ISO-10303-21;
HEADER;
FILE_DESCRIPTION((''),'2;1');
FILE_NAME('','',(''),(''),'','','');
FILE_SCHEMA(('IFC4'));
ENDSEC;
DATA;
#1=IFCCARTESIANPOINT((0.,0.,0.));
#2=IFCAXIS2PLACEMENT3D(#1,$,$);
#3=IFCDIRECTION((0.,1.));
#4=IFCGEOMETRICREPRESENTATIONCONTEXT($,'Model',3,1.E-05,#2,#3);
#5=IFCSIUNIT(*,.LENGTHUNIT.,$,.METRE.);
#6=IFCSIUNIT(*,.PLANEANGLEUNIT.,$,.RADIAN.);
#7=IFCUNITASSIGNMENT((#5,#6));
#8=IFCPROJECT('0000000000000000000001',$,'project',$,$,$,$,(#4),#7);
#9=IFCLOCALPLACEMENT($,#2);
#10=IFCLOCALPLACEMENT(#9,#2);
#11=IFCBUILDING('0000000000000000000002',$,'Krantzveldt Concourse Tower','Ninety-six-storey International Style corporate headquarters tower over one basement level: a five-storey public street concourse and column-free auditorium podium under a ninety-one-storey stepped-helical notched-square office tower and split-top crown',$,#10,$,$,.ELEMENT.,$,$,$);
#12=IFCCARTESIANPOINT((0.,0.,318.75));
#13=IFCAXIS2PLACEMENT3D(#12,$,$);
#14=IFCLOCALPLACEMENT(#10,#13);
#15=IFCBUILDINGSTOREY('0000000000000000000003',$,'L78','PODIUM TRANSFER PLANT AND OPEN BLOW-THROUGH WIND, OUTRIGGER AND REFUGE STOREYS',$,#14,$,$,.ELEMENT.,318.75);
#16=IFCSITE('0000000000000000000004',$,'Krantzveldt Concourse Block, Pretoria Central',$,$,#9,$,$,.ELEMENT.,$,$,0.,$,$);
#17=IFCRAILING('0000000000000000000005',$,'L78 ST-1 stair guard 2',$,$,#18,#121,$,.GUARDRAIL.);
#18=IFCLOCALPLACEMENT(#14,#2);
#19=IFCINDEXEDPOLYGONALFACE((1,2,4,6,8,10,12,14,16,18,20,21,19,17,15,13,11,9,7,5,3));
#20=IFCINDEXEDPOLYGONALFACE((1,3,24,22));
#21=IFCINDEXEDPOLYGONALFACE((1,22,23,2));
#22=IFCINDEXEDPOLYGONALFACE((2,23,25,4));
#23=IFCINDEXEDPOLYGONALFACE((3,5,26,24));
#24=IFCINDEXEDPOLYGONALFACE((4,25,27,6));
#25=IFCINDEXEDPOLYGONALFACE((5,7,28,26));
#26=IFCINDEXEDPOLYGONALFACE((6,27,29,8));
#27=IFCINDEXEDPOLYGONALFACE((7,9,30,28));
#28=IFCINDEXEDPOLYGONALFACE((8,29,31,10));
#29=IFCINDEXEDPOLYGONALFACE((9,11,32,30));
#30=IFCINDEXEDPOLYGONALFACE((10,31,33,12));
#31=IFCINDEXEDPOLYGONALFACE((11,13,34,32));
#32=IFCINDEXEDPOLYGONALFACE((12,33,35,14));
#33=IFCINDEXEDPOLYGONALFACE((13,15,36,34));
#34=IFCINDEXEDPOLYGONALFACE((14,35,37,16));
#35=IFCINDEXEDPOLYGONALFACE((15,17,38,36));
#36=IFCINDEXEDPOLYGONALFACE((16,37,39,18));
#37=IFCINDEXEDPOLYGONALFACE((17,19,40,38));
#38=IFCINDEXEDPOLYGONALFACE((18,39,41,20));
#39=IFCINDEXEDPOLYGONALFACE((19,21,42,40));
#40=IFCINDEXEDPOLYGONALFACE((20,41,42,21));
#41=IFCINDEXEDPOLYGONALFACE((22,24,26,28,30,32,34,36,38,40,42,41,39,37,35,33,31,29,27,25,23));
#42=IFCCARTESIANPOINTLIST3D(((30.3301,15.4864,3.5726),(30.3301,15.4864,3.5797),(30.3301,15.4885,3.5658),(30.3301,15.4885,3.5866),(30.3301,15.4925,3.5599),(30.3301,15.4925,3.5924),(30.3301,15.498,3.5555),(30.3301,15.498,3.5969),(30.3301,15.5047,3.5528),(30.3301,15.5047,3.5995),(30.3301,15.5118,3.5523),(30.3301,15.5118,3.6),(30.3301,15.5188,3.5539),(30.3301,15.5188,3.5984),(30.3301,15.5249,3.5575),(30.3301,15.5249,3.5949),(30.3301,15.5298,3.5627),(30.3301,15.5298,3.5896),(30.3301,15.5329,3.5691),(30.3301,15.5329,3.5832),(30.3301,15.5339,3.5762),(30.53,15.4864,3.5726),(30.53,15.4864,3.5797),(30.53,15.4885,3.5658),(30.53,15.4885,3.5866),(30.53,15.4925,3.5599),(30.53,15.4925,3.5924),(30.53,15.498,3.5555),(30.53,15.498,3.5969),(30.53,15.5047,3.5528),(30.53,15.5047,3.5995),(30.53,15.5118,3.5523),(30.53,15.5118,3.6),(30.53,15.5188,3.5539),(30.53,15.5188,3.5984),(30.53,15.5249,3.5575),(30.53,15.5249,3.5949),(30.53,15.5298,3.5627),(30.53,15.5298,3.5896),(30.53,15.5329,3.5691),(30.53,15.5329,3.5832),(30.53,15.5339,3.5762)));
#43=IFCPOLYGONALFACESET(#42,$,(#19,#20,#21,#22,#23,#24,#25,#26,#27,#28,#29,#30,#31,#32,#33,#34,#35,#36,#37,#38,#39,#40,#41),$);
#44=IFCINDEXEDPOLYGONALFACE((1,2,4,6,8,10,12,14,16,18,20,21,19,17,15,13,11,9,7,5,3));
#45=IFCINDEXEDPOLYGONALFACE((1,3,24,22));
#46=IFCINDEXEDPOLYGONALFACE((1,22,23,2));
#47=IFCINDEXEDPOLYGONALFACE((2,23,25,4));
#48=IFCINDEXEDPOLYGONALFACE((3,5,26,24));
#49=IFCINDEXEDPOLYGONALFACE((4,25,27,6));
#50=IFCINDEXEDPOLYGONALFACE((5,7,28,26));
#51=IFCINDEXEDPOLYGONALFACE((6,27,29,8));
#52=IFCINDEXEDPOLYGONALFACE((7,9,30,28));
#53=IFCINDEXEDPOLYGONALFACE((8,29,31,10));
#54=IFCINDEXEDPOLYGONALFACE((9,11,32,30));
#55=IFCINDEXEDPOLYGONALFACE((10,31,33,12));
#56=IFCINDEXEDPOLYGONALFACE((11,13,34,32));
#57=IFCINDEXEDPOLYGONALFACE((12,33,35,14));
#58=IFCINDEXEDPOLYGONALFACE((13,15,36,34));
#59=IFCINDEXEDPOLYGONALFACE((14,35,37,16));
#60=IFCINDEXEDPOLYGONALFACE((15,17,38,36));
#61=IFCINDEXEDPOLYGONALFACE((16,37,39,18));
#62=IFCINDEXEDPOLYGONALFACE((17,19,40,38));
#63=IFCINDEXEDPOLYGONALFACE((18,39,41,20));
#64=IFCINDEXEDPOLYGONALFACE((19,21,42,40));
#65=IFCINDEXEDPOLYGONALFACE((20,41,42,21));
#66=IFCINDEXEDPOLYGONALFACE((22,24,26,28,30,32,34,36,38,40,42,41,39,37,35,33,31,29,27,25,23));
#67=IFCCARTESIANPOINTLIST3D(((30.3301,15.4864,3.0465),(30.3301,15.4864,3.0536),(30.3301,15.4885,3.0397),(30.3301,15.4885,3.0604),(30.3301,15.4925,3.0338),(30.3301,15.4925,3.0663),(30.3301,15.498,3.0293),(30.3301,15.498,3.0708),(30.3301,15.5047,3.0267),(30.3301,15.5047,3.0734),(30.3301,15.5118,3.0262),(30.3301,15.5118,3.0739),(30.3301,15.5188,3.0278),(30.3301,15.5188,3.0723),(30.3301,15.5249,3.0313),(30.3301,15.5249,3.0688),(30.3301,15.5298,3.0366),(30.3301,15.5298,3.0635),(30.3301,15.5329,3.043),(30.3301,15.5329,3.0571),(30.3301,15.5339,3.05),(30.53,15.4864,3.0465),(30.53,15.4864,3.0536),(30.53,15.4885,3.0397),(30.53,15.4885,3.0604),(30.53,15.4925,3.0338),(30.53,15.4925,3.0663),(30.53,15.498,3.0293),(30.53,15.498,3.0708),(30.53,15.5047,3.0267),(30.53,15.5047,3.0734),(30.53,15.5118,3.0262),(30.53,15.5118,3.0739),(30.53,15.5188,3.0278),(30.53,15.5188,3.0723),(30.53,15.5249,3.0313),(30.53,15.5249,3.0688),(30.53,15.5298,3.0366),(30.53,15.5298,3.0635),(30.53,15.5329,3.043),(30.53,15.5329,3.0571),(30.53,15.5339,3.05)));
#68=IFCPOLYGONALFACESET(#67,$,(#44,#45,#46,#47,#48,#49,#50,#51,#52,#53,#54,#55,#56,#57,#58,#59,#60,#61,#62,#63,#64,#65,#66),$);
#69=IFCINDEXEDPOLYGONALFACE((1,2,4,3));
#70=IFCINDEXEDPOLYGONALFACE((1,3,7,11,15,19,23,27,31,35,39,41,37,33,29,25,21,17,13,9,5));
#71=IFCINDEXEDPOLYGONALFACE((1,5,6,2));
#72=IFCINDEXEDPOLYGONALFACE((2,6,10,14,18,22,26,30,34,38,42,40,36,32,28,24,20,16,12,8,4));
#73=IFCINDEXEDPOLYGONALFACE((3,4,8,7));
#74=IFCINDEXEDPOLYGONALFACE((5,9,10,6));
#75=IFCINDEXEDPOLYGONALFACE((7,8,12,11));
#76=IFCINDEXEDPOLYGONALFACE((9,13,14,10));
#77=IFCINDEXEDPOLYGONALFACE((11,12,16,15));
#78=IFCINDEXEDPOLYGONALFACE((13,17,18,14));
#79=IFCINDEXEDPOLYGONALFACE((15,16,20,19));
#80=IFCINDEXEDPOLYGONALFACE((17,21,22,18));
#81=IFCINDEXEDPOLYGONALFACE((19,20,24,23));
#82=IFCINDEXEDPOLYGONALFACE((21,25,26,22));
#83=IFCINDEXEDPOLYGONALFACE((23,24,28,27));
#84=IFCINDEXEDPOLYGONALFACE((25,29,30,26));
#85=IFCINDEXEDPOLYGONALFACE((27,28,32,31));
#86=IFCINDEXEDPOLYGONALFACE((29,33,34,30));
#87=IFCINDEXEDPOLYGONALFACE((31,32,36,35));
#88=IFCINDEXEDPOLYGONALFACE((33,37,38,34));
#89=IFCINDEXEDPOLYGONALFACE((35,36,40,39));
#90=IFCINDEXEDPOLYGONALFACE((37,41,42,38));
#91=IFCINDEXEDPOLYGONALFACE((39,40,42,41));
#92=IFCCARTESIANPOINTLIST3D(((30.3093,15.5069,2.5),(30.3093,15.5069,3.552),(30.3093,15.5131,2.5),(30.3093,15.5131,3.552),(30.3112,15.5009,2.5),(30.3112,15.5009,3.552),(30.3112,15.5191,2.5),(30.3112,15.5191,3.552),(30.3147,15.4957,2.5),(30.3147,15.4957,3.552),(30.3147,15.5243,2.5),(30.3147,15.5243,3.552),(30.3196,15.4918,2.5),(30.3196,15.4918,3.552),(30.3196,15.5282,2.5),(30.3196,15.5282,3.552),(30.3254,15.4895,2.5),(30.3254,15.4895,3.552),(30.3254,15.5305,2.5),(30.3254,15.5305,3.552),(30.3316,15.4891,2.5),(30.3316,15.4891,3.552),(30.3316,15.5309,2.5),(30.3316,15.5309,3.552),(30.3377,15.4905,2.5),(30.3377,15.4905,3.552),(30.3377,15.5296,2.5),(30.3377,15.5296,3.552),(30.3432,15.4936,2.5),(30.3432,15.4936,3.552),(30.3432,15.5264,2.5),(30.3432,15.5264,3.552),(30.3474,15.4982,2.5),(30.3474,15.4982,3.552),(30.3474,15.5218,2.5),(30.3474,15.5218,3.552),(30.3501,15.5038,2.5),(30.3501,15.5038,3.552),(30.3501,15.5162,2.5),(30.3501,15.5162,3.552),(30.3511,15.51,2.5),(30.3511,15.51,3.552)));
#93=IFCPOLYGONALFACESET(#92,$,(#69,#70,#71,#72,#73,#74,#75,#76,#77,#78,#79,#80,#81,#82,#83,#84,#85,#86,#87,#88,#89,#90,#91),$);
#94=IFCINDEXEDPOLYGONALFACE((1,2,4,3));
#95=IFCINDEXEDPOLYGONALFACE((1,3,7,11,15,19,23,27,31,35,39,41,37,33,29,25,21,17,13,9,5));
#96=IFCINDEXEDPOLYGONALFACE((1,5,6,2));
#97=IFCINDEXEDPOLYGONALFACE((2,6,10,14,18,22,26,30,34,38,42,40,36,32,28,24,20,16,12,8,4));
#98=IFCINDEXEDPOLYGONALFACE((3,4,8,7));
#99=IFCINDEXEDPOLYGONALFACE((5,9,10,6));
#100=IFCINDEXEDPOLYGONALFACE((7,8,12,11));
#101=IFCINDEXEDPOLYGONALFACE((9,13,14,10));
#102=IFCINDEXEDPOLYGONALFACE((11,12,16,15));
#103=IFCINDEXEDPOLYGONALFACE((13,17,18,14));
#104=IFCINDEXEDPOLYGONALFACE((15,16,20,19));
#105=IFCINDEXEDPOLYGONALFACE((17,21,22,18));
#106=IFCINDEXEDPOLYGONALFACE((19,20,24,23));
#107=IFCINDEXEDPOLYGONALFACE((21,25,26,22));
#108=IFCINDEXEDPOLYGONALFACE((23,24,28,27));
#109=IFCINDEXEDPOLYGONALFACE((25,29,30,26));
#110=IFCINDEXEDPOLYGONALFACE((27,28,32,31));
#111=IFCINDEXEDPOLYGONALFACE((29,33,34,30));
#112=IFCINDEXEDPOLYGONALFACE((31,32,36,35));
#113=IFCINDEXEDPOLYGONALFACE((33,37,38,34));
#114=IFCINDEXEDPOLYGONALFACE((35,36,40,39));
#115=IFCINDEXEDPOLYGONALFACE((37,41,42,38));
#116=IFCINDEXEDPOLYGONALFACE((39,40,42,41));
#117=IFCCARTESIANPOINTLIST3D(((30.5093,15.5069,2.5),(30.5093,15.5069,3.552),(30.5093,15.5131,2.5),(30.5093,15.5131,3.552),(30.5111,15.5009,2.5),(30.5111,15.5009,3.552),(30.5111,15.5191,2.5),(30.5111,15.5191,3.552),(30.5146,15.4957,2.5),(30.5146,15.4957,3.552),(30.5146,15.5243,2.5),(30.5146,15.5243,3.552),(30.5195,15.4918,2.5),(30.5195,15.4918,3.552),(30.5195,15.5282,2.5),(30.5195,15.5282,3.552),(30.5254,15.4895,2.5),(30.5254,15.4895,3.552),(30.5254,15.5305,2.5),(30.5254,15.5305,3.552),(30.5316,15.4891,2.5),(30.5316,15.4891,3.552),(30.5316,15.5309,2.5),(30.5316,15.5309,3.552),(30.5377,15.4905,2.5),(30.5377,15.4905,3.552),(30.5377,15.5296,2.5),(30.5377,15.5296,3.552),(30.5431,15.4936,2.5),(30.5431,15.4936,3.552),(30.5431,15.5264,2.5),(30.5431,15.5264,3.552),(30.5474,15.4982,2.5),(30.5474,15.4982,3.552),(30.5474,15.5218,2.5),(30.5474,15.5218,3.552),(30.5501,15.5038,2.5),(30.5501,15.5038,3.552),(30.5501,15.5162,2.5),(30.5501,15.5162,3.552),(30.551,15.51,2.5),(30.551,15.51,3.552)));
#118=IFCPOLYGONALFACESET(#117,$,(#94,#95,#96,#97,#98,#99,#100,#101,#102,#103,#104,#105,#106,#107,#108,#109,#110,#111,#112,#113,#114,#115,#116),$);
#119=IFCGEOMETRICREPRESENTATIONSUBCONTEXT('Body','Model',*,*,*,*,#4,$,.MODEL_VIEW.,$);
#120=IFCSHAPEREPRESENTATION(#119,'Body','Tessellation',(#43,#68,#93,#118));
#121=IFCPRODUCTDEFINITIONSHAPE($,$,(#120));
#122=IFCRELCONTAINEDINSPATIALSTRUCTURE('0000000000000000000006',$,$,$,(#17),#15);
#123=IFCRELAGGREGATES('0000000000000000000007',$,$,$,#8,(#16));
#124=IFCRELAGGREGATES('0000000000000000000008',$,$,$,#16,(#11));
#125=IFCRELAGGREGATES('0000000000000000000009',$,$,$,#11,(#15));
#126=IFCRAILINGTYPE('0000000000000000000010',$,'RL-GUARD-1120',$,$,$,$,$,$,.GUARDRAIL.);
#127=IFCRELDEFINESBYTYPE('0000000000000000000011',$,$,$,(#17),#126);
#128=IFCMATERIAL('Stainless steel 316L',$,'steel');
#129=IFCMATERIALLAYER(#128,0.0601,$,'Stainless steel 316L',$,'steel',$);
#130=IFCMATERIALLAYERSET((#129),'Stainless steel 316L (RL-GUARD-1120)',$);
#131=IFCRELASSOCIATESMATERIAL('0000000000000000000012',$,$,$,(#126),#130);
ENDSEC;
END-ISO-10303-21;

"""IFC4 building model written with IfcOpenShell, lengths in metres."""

from ifc_helpers import new_model, si_unit, direction, frame, origin, origin_2d, place, context, subcontext, project, spatial, circle, extrude, material, layer, layer_set, type_object, element, save


model = new_model("IFC4")

# Units and contexts
model_context = context("Model", 3, precision=1e-05, world=origin(), true_north=direction((0.0, 1.0)))
body_context = subcontext(model_context, "Body", "Model", "MODEL_VIEW")
ifc_project = project(units=[si_unit("LENGTHUNIT", "METRE"), si_unit("PLANEANGLEUNIT", "RADIAN")], contexts=[model_context])

# Site, building, storey
site_placement = place(None, origin())
site = spatial("IfcSite", under=ifc_project, at=site_placement, Name="Krantzveldt Concourse Block, Pretoria Central", CompositionType="ELEMENT", RefElevation=0.0)
building_placement = place(site_placement, origin())
building = spatial("IfcBuilding", under=site, at=building_placement, Name="Krantzveldt Concourse Tower", Description="Ninety-six-storey International Style corporate headquarters tower over one basement level: a five-storey public street concourse and column-free auditorium podium under a ninety-one-storey stepped-helical notched-square office tower and split-top crown", CompositionType="ELEMENT")
storey_placement = place(building_placement, frame((0.0, 0.0, 318.75)))
storey = spatial("IfcBuildingStorey", under=building, at=storey_placement, Name="L78", Description="PODIUM TRANSFER PLANT AND OPEN BLOW-THROUGH WIND, OUTRIGGER AND REFUGE STOREYS", CompositionType="ELEMENT", Elevation=318.75)

# Shared definitions
ifc_material_1 = material(Name="Stainless steel 316L", Category="steel")

# Railing
ifc_layer_1 = layer(ifc_material_1, 0.0601, Name="Stainless steel 316L", Category="steel")
ifc_layer_set_1 = layer_set([ifc_layer_1], Name="Stainless steel 316L (RL-GUARD-1120)")
railing_type_1 = type_object("IfcRailingType", Name="RL-GUARD-1120", PredefinedType="GUARDRAIL", material=ifc_layer_set_1)
railing_1_placement = place(storey_placement, frame((30.3301, 15.51, 2.5)))
element("IfcRailing", 1, at=railing_1_placement, inside=storey, type_object=railing_type_1, Name="L78 ST-1 stair guard 2", PredefinedType="GUARDRAIL", context=body_context, shape_type="SweptSolid", body=[
    extrude(circle(Radius=0.0239, at=origin_2d()), frame((0.0, 0.0, 1.0762), z_axis=(1.0, 0.0, 0.0), x_axis=(0.0, 1.0, 0.0)), (0.0, 0.0, 1.0), 0.2),
    extrude(circle(Radius=0.0239, at=origin_2d()), frame((0.0, 0.0, 0.55), z_axis=(1.0, 0.0, 0.0), x_axis=(0.0, 1.0, 0.0)), (0.0, 0.0, 1.0), 0.2),
    extrude(circle(Radius=0.021, at=origin_2d()), origin(), (0.0, 0.0, 1.0), 1.052),
    extrude(circle(Radius=0.021, at=origin_2d()), frame((0.2, 0.0, 0.0)), (0.0, 0.0, 1.0), 1.052),
])

save(model, "model.ifc")
